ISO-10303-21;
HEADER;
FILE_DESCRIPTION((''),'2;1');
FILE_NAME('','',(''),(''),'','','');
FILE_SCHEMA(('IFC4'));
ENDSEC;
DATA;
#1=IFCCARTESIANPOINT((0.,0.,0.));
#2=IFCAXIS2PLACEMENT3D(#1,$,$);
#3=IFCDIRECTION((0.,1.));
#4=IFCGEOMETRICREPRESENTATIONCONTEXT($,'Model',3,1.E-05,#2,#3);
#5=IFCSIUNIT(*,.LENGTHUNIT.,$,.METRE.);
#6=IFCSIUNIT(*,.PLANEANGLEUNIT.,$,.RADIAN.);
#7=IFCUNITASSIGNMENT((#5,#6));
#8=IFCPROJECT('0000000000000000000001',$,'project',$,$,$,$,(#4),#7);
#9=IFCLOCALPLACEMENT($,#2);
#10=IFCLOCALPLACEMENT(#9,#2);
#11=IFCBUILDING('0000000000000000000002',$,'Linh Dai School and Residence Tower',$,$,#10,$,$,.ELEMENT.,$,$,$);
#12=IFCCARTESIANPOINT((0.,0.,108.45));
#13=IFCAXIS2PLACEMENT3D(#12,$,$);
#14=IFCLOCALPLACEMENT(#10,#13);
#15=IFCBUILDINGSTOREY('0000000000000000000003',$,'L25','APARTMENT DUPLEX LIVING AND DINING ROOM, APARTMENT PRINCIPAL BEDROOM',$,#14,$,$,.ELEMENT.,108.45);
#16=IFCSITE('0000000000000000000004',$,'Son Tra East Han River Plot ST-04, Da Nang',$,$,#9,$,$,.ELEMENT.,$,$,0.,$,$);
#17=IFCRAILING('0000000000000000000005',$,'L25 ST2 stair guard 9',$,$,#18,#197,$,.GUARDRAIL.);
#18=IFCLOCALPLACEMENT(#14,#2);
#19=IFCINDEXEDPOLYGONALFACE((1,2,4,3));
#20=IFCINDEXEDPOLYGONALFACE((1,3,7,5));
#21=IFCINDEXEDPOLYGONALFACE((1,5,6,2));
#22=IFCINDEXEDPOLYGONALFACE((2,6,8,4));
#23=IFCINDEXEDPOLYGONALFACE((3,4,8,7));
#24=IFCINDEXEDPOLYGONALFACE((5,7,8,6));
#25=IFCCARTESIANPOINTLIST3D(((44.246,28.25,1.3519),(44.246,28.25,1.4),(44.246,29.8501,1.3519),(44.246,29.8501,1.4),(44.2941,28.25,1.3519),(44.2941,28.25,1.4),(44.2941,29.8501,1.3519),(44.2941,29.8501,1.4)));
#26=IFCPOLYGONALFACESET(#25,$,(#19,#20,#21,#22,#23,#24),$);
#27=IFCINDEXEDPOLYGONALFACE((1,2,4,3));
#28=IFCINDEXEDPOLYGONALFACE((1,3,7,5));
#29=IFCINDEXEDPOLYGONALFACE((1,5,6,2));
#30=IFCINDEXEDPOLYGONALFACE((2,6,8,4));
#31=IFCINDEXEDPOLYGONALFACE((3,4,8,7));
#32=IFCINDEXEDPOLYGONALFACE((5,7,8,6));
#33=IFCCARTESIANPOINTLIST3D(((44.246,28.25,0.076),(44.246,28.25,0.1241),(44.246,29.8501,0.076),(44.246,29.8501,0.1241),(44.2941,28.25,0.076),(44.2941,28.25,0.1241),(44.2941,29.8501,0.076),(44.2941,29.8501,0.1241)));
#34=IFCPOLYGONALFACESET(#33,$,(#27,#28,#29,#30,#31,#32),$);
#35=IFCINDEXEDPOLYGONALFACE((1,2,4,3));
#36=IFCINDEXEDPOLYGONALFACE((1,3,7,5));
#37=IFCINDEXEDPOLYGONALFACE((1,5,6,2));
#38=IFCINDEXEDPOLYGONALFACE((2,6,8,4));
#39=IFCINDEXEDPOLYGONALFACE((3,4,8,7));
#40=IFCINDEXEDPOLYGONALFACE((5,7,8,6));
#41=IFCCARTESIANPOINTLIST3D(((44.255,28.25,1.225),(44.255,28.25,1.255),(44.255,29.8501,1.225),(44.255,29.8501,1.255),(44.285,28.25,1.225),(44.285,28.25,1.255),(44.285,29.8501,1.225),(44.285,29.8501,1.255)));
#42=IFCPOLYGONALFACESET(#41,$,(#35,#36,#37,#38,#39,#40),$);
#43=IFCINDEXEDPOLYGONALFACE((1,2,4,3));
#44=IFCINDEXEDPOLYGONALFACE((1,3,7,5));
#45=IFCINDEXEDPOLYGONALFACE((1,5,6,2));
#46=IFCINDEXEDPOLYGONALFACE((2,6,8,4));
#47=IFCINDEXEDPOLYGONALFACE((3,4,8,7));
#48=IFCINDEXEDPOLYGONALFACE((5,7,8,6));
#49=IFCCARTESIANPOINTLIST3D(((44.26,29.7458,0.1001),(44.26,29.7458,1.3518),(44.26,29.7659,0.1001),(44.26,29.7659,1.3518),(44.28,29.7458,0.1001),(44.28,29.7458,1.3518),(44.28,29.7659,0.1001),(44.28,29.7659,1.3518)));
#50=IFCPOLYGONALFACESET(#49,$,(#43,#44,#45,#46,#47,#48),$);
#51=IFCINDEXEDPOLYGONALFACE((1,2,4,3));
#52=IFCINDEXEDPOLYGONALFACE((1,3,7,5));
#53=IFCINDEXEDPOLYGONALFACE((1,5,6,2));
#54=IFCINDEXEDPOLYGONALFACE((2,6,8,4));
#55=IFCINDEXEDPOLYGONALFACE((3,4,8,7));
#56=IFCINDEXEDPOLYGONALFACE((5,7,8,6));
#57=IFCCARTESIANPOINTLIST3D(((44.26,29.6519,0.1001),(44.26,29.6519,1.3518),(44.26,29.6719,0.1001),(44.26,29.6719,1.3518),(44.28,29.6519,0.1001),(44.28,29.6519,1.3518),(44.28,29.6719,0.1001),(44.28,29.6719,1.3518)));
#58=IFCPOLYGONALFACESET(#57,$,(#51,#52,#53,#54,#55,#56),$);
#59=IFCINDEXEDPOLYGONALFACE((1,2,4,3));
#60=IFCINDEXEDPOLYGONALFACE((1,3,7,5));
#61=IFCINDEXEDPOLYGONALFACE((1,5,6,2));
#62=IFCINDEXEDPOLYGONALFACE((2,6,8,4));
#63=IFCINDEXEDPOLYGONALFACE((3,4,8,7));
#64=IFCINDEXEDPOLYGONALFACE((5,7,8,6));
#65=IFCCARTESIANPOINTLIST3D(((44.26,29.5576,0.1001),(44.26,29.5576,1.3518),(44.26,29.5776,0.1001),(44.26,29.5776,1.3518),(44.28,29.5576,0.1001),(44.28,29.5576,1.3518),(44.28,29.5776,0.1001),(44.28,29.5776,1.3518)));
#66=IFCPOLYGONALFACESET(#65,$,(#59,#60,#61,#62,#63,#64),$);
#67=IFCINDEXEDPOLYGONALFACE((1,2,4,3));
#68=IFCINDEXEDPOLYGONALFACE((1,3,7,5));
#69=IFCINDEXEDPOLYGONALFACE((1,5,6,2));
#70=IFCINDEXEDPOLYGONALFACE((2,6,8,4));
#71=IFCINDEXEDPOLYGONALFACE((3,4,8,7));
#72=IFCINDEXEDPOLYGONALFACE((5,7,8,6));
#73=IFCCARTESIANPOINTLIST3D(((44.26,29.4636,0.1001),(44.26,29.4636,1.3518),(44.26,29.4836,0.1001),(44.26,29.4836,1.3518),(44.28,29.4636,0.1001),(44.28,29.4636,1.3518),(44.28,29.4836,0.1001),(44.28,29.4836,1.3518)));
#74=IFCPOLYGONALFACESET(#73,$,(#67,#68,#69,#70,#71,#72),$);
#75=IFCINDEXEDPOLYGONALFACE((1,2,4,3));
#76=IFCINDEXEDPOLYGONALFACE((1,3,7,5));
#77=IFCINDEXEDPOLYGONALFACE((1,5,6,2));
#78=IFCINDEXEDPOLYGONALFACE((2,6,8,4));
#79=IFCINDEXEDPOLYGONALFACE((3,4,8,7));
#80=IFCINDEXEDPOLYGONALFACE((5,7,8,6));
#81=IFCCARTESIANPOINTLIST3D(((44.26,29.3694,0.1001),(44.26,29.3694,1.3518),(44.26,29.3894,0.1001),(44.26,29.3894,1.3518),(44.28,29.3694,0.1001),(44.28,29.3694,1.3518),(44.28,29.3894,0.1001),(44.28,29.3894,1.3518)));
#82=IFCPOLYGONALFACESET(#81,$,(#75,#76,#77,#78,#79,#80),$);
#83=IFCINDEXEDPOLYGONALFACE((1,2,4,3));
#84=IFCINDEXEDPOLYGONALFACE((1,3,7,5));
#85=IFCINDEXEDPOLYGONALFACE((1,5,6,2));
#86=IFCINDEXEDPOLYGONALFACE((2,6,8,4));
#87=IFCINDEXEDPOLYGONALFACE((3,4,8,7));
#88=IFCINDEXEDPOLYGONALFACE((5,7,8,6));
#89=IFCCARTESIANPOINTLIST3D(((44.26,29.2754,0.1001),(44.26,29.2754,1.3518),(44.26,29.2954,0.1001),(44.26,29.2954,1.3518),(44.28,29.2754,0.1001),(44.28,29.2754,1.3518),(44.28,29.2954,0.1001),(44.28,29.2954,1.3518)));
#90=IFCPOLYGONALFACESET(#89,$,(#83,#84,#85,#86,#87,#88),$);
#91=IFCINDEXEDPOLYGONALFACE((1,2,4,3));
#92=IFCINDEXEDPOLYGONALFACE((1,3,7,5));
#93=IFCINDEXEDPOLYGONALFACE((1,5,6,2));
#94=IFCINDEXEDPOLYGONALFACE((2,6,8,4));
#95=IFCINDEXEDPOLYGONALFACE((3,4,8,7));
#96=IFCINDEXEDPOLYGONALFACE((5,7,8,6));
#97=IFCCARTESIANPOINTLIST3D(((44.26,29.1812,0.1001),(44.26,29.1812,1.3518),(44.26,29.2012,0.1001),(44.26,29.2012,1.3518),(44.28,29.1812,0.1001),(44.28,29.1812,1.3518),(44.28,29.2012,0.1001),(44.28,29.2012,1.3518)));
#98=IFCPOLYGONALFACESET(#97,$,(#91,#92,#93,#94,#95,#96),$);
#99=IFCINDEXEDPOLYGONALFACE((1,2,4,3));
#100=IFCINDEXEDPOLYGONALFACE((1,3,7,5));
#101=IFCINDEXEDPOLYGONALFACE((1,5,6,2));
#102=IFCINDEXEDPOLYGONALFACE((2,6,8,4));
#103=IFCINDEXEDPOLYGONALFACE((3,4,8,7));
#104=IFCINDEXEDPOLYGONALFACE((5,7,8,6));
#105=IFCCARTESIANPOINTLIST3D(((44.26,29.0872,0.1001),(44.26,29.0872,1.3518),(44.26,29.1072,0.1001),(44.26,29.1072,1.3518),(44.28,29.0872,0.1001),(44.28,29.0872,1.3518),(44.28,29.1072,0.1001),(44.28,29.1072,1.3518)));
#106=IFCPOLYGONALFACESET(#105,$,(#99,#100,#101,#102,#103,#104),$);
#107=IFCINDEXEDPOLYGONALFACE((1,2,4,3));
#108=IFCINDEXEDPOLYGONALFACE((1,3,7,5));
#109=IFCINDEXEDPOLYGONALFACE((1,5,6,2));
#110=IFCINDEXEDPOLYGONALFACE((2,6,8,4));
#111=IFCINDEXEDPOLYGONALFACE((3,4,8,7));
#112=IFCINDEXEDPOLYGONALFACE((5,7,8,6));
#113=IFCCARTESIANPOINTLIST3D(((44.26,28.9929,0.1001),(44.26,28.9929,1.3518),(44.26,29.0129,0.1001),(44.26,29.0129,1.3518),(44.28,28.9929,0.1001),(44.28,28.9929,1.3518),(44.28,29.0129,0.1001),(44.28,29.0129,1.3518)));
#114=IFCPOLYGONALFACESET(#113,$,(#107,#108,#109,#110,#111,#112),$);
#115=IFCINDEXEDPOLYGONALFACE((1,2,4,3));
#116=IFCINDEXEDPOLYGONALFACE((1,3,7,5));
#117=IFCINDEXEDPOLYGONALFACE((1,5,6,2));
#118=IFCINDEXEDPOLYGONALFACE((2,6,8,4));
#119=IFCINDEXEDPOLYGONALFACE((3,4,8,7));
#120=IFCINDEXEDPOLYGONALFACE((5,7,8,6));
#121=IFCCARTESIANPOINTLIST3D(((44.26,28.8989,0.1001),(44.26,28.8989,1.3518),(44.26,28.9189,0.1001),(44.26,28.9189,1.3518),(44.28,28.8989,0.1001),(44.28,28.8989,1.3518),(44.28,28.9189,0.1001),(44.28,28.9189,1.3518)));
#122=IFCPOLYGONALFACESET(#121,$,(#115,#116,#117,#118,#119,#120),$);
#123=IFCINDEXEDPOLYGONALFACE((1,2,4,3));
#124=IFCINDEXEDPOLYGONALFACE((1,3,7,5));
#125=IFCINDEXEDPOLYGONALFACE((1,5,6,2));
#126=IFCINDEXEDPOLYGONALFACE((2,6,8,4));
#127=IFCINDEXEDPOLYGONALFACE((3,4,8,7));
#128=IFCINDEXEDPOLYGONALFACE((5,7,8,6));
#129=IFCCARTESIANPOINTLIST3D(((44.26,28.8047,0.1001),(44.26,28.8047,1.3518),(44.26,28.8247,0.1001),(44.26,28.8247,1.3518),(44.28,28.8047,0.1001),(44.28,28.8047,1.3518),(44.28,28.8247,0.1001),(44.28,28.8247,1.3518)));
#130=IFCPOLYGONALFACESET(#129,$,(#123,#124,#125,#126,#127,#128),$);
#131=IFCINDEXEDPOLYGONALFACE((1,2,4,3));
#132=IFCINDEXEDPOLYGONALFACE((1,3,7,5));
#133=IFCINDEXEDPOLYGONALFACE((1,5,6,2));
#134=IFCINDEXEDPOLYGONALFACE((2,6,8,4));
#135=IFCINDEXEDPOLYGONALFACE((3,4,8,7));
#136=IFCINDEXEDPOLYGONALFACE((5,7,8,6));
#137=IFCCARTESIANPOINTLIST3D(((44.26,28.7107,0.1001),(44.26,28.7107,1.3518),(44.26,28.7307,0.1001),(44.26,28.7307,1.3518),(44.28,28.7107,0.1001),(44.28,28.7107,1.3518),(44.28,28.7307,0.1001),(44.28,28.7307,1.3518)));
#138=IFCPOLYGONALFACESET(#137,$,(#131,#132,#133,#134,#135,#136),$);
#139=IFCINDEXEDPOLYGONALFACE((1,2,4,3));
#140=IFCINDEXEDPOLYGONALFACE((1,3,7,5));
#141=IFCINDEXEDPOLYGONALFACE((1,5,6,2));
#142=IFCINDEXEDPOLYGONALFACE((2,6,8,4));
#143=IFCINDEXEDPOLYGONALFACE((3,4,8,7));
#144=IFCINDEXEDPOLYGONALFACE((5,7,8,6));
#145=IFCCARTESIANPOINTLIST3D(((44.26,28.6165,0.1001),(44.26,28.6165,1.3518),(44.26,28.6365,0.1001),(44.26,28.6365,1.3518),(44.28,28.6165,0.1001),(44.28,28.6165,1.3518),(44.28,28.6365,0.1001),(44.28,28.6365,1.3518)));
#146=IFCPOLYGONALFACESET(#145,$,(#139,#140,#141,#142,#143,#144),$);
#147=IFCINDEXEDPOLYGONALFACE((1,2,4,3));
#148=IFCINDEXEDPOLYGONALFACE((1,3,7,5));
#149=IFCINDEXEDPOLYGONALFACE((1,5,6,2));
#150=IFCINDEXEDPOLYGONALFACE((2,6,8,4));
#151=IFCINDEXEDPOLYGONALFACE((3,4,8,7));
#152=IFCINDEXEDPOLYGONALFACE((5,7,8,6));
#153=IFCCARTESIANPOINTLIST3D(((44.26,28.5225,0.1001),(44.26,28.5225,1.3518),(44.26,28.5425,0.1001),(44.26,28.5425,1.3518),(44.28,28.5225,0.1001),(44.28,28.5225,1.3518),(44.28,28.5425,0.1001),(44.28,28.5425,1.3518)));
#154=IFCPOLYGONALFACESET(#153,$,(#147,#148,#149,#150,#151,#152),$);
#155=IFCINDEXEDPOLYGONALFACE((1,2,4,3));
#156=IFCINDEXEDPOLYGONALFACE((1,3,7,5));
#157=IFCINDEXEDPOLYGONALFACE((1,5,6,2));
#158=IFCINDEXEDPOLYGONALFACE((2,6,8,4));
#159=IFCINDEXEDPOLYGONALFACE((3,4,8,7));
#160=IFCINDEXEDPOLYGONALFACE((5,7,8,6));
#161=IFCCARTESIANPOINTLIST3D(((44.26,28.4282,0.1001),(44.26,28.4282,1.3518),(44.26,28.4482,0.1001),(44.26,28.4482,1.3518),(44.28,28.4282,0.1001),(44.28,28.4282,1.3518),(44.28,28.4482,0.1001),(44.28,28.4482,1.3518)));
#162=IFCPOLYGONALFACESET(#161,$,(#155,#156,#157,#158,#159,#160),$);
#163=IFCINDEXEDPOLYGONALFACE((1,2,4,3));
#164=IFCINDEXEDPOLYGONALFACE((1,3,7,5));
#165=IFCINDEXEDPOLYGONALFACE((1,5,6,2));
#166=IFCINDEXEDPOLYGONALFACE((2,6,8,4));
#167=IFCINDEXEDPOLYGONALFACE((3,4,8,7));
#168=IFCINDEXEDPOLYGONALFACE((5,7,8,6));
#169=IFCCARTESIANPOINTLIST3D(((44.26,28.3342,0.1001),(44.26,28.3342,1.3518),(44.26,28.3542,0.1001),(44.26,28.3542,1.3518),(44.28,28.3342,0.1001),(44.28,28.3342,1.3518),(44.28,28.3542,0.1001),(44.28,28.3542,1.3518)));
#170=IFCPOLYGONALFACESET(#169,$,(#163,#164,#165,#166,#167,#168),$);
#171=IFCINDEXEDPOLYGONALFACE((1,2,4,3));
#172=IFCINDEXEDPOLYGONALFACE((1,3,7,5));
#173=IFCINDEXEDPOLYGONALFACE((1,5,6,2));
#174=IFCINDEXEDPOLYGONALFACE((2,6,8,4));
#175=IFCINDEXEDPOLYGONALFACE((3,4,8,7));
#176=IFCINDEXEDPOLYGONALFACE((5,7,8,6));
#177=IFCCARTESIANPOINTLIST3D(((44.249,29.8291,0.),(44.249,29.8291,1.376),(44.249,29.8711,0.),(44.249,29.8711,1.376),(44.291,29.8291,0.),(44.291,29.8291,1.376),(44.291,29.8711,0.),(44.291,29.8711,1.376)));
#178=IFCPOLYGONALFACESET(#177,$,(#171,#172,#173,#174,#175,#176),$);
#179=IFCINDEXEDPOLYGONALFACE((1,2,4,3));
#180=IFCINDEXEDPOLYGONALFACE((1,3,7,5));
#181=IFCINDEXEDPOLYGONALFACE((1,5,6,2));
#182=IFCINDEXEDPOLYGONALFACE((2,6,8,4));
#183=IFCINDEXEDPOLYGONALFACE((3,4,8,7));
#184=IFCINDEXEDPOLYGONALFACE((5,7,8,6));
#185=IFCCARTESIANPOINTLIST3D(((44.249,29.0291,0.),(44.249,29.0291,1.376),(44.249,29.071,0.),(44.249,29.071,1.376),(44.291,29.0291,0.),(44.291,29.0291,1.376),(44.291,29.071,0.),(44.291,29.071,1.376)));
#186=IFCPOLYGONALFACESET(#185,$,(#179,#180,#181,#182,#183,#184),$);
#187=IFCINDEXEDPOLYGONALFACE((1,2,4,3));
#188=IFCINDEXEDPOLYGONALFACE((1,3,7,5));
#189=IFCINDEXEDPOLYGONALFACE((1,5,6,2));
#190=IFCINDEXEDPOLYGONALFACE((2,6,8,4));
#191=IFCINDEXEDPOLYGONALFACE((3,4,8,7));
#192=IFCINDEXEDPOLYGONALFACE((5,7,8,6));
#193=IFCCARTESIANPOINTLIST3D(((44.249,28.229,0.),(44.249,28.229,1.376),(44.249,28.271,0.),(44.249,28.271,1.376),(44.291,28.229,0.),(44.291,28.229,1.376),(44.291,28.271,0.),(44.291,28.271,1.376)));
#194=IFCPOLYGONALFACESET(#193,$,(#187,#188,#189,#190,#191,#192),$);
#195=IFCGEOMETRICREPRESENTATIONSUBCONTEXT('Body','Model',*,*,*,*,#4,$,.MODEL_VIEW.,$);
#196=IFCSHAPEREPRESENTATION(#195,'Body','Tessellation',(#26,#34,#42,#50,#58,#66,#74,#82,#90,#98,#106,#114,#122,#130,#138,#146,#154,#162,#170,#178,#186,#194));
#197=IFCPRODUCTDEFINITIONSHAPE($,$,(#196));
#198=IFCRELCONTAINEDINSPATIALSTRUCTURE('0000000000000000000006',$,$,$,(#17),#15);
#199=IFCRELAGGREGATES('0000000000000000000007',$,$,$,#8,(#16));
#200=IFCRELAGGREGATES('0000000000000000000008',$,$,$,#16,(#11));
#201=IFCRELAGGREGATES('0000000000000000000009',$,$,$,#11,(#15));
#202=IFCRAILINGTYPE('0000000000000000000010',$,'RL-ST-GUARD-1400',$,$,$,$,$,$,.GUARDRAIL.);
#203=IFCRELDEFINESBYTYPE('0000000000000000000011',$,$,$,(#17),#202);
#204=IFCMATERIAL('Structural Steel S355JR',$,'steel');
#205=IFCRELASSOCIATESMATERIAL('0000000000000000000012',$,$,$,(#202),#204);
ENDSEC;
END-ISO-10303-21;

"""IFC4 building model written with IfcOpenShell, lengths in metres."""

from ifc_helpers import new_model, si_unit, direction, frame, origin, origin_2d, place, context, subcontext, project, spatial, rectangle, extrude, source, transform, mapped, material, type_object, element, save


model = new_model("IFC4")

# Units and contexts
model_context = context("Model", 3, precision=1e-05, world=origin(), true_north=direction((0.0, 1.0)))
body_context = subcontext(model_context, "Body", "Model", "MODEL_VIEW")
ifc_project = project(units=[si_unit("LENGTHUNIT", "METRE"), si_unit("PLANEANGLEUNIT", "RADIAN")], contexts=[model_context])

# Site, building, storey
site_placement = place(None, origin())
site = spatial("IfcSite", under=ifc_project, at=site_placement, Name="Son Tra East Han River Plot ST-04, Da Nang", CompositionType="ELEMENT", RefElevation=0.0)
building_placement = place(site_placement, origin())
building = spatial("IfcBuilding", under=site, at=building_placement, Name="Linh Dai School and Residence Tower", CompositionType="ELEMENT")
storey_placement = place(building_placement, frame((0.0, 0.0, 108.45)))
storey = spatial("IfcBuildingStorey", under=building, at=storey_placement, Name="L25", Description="APARTMENT DUPLEX LIVING AND DINING ROOM, APARTMENT PRINCIPAL BEDROOM", CompositionType="ELEMENT", Elevation=108.45)

# Shared definitions
ifc_material_1 = material(Name="Structural Steel S355JR", Category="steel")

# Railing
railing_type_1 = type_object("IfcRailingType", Name="RL-ST-GUARD-1400", PredefinedType="GUARDRAIL", material=ifc_material_1)
shared_shape_1 = source(origin(), body_context, "Body", "SweptSolid", [
    extrude(rectangle(XDim=0.0481, YDim=0.0481, at=origin_2d()), frame((0.0, 0.0, 1.376), z_axis=(0.0, -1.0, 0.0), x_axis=(1.0, 0.0, 0.0)), (0.0, 0.0, 1.0), 1.6001),
    extrude(rectangle(XDim=0.0481, YDim=0.0481, at=origin_2d()), frame((0.0, 0.0, 0.1001), z_axis=(0.0, -1.0, 0.0), x_axis=(1.0, 0.0, 0.0)), (0.0, 0.0, 1.0), 1.6001),
    extrude(rectangle(XDim=0.03, YDim=0.03, at=origin_2d()), frame((0.0, 0.0, 1.24), z_axis=(0.0, -1.0, 0.0), x_axis=(1.0, 0.0, 0.0)), (0.0, 0.0, 1.0), 1.6001),
    extrude(rectangle(XDim=0.02, YDim=0.02, at=origin_2d()), frame((0.0, -0.0942, 0.1001)), (0.0, 0.0, 1.0), 1.2517),
    extrude(rectangle(XDim=0.02, YDim=0.02, at=origin_2d()), frame((0.0, -0.1882, 0.1001)), (0.0, 0.0, 1.0), 1.2517),
    extrude(rectangle(XDim=0.02, YDim=0.02, at=origin_2d()), frame((0.0, -0.2825, 0.1001)), (0.0, 0.0, 1.0), 1.2517),
    extrude(rectangle(XDim=0.02, YDim=0.02, at=origin_2d()), frame((0.0, -0.3765, 0.1001)), (0.0, 0.0, 1.0), 1.2517),
    extrude(rectangle(XDim=0.02, YDim=0.02, at=origin_2d()), frame((0.0, -0.4707, 0.1001)), (0.0, 0.0, 1.0), 1.2517),
    extrude(rectangle(XDim=0.02, YDim=0.02, at=origin_2d()), frame((0.0, -0.5647, 0.1001)), (0.0, 0.0, 1.0), 1.2517),
    extrude(rectangle(XDim=0.02, YDim=0.02, at=origin_2d()), frame((0.0, -0.6589, 0.1001)), (0.0, 0.0, 1.0), 1.2517),
    extrude(rectangle(XDim=0.02, YDim=0.02, at=origin_2d()), frame((0.0, -0.7529, 0.1001)), (0.0, 0.0, 1.0), 1.2517),
    extrude(rectangle(XDim=0.02, YDim=0.02, at=origin_2d()), frame((0.0, -0.8472, 0.1001)), (0.0, 0.0, 1.0), 1.2517),
    extrude(rectangle(XDim=0.02, YDim=0.02, at=origin_2d()), frame((0.0, -0.9412, 0.1001)), (0.0, 0.0, 1.0), 1.2517),
    extrude(rectangle(XDim=0.02, YDim=0.02, at=origin_2d()), frame((0.0, -1.0354, 0.1001)), (0.0, 0.0, 1.0), 1.2517),
    extrude(rectangle(XDim=0.02, YDim=0.02, at=origin_2d()), frame((0.0, -1.1294, 0.1001)), (0.0, 0.0, 1.0), 1.2517),
    extrude(rectangle(XDim=0.02, YDim=0.02, at=origin_2d()), frame((0.0, -1.2236, 0.1001)), (0.0, 0.0, 1.0), 1.2517),
    extrude(rectangle(XDim=0.02, YDim=0.02, at=origin_2d()), frame((0.0, -1.3176, 0.1001)), (0.0, 0.0, 1.0), 1.2517),
    extrude(rectangle(XDim=0.02, YDim=0.02, at=origin_2d()), frame((0.0, -1.4119, 0.1001)), (0.0, 0.0, 1.0), 1.2517),
    extrude(rectangle(XDim=0.02, YDim=0.02, at=origin_2d()), frame((0.0, -1.5059, 0.1001)), (0.0, 0.0, 1.0), 1.2517),
    extrude(rectangle(XDim=0.042, YDim=0.042, at=origin_2d()), origin(), (0.0, 0.0, 1.0), 1.376),
    extrude(rectangle(XDim=0.042, YDim=0.042, at=origin_2d()), frame((0.0, -0.8, 0.0)), (0.0, 0.0, 1.0), 1.376),
    extrude(rectangle(XDim=0.042, YDim=0.042, at=origin_2d()), frame((0.0, -1.6001, 0.0)), (0.0, 0.0, 1.0), 1.376),
])
for number, where, name in (
    (1, (44.27, 29.8501, 0.0), "L25 ST2 stair guard 9"),
):
    element("IfcRailing", number, at=place(storey_placement, frame(where)), inside=storey, type_object=railing_type_1, Name=name, PredefinedType="GUARDRAIL", context=body_context, shape_type="MappedRepresentation", body=[
        mapped(shared_shape_1, transform((0.0, 0.0, 0.0), x_axis=(1.0, 0.0, 0.0), y_axis=(0.0, 1.0, 0.0), z_axis=(0.0, 0.0, 1.0), scale=1.0)),
    ])

save(model, "model.ifc")
